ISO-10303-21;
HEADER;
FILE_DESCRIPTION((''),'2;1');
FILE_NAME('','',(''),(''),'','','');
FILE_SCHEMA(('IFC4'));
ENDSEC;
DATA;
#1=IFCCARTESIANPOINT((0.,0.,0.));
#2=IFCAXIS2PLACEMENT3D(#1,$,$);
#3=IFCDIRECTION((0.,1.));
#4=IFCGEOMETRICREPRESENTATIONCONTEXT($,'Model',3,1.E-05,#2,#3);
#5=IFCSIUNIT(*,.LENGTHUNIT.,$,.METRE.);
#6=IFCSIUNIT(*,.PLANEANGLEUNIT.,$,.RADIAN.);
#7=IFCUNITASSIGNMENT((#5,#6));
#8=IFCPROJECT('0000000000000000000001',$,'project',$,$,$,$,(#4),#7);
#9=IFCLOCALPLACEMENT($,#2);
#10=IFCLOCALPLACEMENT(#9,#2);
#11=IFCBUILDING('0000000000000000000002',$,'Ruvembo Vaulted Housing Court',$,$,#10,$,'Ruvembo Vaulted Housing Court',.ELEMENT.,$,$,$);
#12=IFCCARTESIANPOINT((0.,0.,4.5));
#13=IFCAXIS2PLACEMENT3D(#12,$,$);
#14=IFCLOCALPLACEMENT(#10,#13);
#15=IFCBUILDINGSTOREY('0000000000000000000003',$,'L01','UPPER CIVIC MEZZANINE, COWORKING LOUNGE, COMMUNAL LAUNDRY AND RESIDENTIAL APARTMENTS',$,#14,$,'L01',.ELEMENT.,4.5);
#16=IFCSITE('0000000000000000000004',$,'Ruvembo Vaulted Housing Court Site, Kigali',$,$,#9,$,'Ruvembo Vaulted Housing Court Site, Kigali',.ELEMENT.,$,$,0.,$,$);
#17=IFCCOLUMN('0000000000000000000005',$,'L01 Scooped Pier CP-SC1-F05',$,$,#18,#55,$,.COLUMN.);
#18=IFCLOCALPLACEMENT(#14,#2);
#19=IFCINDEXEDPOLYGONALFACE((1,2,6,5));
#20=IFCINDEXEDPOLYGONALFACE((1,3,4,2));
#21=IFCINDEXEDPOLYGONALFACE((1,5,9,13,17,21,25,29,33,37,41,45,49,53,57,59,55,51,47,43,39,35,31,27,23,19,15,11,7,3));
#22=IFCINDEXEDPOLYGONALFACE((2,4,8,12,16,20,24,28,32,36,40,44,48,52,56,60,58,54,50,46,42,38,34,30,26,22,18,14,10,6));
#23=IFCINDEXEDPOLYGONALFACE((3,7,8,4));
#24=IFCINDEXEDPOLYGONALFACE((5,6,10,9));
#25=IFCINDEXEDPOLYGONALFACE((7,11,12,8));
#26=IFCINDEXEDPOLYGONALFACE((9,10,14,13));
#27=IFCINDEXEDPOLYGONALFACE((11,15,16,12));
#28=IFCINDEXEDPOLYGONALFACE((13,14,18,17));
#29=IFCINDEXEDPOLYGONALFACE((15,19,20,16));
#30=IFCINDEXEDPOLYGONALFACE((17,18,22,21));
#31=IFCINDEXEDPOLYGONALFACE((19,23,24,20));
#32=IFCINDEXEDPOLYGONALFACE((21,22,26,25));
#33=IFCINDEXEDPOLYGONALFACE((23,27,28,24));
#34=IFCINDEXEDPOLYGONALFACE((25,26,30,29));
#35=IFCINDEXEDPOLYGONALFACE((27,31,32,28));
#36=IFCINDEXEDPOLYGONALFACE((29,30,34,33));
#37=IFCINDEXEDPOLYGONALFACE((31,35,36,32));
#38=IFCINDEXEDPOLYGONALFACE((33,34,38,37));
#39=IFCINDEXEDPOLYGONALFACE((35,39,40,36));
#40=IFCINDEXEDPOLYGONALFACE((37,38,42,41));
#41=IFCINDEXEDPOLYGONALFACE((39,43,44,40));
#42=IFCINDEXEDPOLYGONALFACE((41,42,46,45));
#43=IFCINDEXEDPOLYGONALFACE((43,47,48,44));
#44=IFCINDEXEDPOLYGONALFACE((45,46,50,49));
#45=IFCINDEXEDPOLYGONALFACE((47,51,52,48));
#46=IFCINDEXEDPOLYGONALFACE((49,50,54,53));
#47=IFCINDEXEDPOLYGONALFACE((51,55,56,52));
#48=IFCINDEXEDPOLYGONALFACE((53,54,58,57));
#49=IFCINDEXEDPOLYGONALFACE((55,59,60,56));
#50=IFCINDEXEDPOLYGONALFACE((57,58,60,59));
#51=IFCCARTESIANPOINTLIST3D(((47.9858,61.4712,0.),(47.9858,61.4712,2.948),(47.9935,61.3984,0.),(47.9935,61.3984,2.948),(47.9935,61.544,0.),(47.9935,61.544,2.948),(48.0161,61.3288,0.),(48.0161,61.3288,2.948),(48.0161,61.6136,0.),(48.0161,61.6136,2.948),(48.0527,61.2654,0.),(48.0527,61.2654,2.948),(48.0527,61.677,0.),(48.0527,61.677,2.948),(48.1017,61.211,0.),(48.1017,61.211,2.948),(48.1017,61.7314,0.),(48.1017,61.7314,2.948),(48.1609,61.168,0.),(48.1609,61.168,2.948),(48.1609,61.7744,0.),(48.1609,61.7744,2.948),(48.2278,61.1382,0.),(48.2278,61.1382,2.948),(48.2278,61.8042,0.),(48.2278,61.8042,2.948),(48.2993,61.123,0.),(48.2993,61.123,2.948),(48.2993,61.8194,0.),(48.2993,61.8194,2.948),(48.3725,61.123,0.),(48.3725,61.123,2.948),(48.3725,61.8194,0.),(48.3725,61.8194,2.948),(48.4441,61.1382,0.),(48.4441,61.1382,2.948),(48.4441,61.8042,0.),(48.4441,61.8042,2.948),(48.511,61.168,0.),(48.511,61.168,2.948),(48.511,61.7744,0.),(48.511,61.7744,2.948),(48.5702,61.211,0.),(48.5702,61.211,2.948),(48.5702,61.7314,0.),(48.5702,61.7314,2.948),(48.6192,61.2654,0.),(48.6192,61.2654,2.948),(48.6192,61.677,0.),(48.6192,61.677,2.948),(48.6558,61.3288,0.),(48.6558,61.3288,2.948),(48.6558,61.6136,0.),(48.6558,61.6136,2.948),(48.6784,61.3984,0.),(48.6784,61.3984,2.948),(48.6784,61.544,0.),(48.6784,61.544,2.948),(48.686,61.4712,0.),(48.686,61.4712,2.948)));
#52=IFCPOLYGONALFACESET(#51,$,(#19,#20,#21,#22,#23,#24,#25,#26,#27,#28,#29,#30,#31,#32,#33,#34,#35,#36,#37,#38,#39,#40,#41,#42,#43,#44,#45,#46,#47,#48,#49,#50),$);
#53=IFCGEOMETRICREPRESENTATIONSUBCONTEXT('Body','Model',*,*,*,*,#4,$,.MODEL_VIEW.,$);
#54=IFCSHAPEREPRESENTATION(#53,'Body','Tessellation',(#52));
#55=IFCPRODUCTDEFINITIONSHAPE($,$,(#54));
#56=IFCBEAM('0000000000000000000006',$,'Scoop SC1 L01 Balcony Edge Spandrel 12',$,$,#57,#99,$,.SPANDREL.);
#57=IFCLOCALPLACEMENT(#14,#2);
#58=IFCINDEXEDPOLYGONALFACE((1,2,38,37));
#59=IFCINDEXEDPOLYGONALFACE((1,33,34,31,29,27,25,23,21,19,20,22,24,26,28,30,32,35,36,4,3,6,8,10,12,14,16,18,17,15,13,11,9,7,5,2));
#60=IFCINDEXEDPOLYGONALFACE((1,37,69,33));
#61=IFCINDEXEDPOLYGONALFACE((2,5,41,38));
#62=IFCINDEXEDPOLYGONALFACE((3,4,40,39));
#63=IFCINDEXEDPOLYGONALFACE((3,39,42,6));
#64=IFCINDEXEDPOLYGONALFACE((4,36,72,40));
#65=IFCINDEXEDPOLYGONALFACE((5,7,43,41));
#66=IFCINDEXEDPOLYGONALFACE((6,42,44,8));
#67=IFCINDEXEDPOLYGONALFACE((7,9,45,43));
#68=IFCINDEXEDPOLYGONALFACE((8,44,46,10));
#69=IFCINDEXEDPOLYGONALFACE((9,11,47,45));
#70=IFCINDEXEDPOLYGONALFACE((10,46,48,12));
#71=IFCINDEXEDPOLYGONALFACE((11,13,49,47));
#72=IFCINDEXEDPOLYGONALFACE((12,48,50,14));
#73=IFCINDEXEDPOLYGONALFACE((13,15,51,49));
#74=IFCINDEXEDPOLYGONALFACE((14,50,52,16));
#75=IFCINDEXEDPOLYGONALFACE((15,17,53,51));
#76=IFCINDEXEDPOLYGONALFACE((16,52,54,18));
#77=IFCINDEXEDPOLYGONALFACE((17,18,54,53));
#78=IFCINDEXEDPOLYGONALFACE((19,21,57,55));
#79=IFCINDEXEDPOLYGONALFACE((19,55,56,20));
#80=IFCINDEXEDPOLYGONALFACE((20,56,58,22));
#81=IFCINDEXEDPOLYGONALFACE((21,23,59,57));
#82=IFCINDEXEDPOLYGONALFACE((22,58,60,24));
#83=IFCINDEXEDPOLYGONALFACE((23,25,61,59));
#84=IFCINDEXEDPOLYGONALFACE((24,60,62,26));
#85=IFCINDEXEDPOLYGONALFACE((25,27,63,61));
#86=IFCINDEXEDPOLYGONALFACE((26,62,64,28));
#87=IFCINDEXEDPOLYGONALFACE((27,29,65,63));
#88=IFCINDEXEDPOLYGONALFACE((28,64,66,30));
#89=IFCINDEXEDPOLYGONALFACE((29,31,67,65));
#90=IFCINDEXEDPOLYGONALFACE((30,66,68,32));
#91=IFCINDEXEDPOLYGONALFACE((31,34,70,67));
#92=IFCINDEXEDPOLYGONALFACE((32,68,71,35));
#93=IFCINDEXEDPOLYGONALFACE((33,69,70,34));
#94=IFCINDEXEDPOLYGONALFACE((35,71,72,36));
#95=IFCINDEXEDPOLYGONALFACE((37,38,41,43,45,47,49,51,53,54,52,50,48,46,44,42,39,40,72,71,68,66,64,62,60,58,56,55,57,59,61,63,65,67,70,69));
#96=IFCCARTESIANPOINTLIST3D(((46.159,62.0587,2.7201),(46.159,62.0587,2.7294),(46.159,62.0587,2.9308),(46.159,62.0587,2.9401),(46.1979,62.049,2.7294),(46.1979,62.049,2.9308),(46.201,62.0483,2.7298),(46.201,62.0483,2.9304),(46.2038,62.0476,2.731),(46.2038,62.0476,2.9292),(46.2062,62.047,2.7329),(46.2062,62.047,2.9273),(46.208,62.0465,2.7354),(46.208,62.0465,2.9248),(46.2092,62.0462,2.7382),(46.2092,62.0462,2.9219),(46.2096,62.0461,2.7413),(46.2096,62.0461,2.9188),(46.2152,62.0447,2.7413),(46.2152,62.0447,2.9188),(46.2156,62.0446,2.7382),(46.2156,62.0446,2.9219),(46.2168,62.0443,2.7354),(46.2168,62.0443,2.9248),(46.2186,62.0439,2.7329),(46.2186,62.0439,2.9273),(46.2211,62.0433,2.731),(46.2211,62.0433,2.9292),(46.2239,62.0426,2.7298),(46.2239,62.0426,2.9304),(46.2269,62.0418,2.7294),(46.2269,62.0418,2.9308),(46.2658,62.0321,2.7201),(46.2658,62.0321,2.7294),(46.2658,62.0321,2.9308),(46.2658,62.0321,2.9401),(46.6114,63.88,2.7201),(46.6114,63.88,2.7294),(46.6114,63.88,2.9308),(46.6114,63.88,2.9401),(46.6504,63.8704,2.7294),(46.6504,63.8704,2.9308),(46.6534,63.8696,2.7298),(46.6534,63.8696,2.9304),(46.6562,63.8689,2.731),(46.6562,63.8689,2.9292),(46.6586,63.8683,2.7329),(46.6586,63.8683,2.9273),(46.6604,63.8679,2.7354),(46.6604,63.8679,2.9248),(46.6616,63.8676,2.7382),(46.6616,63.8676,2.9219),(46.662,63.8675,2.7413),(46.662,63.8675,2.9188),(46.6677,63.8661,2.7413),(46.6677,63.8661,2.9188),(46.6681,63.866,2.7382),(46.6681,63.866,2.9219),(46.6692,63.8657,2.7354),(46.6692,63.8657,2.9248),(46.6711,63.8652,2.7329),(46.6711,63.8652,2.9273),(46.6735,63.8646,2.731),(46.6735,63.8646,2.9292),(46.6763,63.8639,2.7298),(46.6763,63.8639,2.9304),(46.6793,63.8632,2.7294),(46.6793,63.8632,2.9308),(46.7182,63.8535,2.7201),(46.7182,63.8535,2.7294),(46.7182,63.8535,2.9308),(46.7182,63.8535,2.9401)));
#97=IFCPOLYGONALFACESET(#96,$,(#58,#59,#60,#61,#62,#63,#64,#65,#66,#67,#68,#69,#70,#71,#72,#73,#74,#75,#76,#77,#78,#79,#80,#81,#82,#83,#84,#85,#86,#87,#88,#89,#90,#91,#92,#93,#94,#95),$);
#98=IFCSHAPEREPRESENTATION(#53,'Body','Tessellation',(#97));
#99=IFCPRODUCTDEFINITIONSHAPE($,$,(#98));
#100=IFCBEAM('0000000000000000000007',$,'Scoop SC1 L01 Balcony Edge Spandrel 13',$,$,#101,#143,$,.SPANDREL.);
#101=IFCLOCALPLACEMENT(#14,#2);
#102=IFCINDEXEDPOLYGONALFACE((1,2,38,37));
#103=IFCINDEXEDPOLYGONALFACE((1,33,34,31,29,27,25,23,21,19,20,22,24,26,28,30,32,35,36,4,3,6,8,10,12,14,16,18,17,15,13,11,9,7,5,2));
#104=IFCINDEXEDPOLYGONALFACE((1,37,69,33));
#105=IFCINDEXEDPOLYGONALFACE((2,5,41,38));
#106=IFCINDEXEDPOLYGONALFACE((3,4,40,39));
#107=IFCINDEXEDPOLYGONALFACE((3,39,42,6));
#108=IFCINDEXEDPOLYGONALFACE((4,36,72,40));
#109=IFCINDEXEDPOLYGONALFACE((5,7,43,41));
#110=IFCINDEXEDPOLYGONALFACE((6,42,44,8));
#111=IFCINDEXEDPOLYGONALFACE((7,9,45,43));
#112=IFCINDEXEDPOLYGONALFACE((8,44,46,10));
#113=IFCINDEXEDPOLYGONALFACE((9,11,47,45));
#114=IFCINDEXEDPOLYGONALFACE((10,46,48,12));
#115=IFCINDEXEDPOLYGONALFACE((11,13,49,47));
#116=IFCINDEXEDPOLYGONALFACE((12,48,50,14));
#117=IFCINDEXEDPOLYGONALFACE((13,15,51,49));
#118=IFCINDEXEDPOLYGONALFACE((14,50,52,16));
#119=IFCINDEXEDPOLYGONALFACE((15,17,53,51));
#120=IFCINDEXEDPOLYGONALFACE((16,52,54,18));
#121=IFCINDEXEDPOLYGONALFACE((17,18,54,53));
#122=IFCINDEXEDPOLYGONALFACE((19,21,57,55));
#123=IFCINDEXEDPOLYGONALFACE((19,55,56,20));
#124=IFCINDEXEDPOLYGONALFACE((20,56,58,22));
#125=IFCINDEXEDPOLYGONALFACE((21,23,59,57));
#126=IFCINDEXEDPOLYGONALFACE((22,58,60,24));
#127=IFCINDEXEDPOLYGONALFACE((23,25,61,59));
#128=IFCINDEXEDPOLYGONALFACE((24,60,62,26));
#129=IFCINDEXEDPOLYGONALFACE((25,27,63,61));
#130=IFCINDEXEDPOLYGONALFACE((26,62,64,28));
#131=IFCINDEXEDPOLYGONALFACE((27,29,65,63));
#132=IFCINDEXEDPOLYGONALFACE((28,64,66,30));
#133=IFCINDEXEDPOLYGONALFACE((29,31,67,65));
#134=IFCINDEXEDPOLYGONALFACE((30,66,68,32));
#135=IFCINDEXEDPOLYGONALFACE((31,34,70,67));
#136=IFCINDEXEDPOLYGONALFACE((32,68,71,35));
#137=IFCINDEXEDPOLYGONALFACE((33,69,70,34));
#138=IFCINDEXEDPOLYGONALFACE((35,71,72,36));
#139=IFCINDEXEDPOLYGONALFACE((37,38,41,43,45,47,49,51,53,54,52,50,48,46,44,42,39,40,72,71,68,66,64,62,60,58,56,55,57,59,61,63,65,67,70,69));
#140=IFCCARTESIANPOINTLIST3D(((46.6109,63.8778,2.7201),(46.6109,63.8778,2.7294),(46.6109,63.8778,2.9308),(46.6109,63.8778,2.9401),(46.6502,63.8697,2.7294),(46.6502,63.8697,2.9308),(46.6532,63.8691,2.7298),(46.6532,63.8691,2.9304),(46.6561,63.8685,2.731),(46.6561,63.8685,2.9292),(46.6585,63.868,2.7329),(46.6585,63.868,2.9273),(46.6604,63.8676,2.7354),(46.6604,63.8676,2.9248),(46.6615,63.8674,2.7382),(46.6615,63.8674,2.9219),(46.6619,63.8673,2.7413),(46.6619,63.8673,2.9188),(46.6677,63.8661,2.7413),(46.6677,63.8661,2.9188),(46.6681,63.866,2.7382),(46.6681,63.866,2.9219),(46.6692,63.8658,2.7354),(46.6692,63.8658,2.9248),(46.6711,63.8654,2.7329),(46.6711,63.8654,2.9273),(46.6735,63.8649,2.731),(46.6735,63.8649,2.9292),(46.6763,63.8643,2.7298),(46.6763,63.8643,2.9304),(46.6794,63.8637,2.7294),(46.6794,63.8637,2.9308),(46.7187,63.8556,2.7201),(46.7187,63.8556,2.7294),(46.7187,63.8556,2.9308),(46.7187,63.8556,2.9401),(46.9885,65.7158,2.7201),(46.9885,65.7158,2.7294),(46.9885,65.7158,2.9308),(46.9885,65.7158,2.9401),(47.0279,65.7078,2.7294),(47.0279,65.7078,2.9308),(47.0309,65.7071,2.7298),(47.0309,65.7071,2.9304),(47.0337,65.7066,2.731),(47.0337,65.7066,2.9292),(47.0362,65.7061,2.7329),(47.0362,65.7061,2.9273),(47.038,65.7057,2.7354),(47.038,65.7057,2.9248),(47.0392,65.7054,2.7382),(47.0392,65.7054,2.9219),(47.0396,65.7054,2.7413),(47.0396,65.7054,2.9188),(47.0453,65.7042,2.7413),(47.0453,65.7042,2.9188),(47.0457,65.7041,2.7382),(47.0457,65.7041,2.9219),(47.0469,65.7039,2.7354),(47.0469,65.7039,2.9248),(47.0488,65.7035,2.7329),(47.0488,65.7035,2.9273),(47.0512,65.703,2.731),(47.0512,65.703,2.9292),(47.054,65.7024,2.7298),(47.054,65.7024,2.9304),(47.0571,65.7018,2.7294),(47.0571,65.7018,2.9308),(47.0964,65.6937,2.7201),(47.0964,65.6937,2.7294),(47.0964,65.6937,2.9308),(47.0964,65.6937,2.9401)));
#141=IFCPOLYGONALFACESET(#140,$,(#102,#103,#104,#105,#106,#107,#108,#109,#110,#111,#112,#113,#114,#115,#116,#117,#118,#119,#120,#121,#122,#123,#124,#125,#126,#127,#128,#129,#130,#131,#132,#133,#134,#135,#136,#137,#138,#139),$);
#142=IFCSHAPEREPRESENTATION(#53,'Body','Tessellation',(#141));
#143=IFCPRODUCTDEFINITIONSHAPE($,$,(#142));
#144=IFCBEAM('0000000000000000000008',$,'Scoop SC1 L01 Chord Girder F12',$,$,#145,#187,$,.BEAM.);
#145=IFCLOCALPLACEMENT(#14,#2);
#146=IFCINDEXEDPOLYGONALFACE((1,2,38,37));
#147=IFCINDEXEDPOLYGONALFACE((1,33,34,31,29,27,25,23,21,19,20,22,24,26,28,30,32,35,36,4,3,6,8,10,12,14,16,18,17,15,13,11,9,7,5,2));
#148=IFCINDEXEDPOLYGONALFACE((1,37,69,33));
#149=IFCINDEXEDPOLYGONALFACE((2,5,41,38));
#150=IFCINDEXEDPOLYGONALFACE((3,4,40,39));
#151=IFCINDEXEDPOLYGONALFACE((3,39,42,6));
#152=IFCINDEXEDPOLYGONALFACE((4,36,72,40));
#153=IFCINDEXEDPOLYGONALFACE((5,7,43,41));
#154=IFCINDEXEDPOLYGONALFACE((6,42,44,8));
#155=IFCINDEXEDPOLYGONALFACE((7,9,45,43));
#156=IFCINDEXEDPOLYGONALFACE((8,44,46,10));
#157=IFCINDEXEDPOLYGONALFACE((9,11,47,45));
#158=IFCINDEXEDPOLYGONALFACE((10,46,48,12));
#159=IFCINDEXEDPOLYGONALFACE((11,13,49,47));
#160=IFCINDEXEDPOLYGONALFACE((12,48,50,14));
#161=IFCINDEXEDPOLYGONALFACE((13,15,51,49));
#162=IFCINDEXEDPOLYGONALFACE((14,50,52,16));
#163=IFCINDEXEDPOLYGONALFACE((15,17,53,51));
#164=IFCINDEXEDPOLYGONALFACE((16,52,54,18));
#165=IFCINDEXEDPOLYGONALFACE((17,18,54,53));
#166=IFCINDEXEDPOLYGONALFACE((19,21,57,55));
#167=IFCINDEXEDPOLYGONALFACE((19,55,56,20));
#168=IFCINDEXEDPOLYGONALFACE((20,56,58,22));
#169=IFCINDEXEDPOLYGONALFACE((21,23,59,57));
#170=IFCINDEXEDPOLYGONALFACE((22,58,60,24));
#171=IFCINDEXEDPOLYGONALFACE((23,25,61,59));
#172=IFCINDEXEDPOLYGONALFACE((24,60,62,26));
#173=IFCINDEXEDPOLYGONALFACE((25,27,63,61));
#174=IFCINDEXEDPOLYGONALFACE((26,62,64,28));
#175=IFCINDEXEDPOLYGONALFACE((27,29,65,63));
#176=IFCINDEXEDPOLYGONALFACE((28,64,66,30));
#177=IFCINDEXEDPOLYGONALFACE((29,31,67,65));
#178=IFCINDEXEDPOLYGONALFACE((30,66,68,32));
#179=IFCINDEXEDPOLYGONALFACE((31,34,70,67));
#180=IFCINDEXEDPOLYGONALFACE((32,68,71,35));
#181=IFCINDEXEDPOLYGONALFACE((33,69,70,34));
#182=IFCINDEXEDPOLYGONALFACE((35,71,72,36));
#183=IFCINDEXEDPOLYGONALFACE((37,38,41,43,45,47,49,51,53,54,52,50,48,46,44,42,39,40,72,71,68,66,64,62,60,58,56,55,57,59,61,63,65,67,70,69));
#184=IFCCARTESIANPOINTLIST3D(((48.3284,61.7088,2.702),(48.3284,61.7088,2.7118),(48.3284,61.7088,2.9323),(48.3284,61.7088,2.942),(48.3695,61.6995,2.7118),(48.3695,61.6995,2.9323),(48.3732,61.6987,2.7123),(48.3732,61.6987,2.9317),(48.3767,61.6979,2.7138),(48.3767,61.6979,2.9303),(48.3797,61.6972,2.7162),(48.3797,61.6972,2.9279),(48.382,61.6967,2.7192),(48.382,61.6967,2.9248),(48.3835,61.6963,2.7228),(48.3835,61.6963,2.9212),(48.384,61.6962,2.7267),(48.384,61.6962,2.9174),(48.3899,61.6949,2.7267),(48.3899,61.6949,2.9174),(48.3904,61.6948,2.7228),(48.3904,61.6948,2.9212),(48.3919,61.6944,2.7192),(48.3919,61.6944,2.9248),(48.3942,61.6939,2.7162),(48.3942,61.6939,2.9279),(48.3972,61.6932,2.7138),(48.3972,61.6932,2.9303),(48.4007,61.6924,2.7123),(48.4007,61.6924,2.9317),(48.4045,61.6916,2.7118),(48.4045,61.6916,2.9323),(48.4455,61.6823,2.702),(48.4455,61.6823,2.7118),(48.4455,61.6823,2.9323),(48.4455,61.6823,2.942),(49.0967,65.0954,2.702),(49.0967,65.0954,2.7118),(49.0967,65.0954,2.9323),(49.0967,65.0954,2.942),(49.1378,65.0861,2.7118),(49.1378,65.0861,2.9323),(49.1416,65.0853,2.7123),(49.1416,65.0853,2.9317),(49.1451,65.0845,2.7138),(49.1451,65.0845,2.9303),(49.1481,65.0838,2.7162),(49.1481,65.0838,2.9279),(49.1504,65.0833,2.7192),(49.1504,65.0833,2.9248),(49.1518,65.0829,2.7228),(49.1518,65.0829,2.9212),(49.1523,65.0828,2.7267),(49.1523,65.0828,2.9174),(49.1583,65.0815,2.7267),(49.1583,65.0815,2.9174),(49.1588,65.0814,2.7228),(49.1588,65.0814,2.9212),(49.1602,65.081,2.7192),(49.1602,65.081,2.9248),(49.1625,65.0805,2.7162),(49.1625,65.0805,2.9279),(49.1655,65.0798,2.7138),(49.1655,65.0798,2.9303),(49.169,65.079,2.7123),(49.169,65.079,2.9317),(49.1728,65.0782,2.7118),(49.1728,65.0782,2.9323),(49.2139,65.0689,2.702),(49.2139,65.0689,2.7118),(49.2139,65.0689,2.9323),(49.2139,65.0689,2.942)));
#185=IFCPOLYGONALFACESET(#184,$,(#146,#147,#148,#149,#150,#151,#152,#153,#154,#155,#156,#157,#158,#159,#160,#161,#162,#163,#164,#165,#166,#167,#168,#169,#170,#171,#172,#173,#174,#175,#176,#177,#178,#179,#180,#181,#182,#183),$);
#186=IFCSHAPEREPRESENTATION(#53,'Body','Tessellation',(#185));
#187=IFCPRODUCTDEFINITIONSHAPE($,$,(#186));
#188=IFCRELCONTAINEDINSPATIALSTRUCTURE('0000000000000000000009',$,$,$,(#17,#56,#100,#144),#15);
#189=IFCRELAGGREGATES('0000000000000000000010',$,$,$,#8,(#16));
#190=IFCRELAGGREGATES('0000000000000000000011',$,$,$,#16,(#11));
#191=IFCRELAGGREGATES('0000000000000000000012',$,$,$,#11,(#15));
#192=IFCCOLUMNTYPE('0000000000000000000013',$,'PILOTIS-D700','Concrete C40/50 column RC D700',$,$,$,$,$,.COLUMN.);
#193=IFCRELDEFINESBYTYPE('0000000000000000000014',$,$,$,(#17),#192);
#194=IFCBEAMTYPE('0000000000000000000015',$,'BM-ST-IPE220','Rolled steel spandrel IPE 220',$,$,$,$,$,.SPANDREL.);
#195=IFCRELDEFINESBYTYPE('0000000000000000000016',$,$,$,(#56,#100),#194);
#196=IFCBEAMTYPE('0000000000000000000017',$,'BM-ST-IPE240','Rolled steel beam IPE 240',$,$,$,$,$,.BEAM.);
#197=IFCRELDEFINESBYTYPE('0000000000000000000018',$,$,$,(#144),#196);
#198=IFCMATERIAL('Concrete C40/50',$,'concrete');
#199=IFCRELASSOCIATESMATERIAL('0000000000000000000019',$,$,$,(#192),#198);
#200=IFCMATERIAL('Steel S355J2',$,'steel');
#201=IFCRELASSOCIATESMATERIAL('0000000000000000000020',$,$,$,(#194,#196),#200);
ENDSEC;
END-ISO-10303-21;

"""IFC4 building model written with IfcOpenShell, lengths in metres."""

from ifc_helpers import new_model, si_unit, direction, frame, origin, origin_2d, place, context, subcontext, project, spatial, circle, i_section, extrude, material, material_profile, profile_set, type_object, element, save


model = new_model("IFC4")

# Units and contexts
model_context = context("Model", 3, precision=1e-05, world=origin(), true_north=direction((0.0, 1.0)))
body_context = subcontext(model_context, "Body", "Model", "MODEL_VIEW")
ifc_project = project(units=[si_unit("LENGTHUNIT", "METRE"), si_unit("PLANEANGLEUNIT", "RADIAN")], contexts=[model_context])

# Site, building, storey
site_placement = place(None, origin())
site = spatial("IfcSite", under=ifc_project, at=site_placement, Name="Ruvembo Vaulted Housing Court Site, Kigali", LongName="Ruvembo Vaulted Housing Court Site, Kigali", CompositionType="ELEMENT", RefElevation=0.0)
building_placement = place(site_placement, origin())
building = spatial("IfcBuilding", under=site, at=building_placement, Name="Ruvembo Vaulted Housing Court", LongName="Ruvembo Vaulted Housing Court", CompositionType="ELEMENT")
storey_placement = place(building_placement, frame((0.0, 0.0, 4.5)))
storey = spatial("IfcBuildingStorey", under=building, at=storey_placement, Name="L01", Description="UPPER CIVIC MEZZANINE, COWORKING LOUNGE, COMMUNAL LAUNDRY AND RESIDENTIAL APARTMENTS", LongName="L01", CompositionType="ELEMENT", Elevation=4.5)

# Column
ifc_material_1 = material(Name="Concrete C40/50", Category="concrete")
ifc_material_profile_1 = material_profile(ifc_material_1, circle(Radius=0.3501, at=origin_2d()), Name="RC D700")
ifc_profile_set_1 = profile_set([ifc_material_profile_1], Name="Concrete C40/50")
column_type = type_object("IfcColumnType", Name="PILOTIS-D700", Description="Concrete C40/50 column RC D700", PredefinedType="COLUMN", material=ifc_profile_set_1)
column_placement = place(storey_placement, frame((48.3359, 61.4712, 0.0), z_axis=(0.0, 0.0, 1.0), x_axis=(1.0, 0.0, 0.0)))
element("IfcColumn", 1, at=column_placement, inside=storey, type_object=column_type, Name="L01 Scooped Pier CP-SC1-F05", PredefinedType="COLUMN", context=body_context, shape_type="SweptSolid", body=[
    extrude(circle(Radius=0.3501, at=origin_2d()), origin(), (0.0, 0.0, 1.0), 2.948),
])

# Beams
ifc_material_2 = material(Name="Steel S355J2", Category="steel")
ifc_material_profile_2 = material_profile(ifc_material_2, i_section(OverallWidth=0.1101, OverallDepth=0.22, WebThickness=0.0059, FlangeThickness=0.0093, FilletRadius=0.012, at=origin_2d()), Name="IPE 220")
ifc_profile_set_2 = profile_set([ifc_material_profile_2], Name="Steel S355J2")
beam_type_1 = type_object("IfcBeamType", Name="BM-ST-IPE220", Description="Rolled steel spandrel IPE 220", PredefinedType="SPANDREL", material=ifc_profile_set_2)
beam_1_placement = place(storey_placement, frame((46.2124, 62.0454, 2.8301), z_axis=(0.241066, 0.970509, 0.0), x_axis=(-0.970509, 0.241066, 0.0)))
element("IfcBeam", 2, at=beam_1_placement, inside=storey, type_object=beam_type_1, Name="Scoop SC1 L01 Balcony Edge Spandrel 12", PredefinedType="SPANDREL", context=body_context, shape_type="SweptSolid", body=[
    extrude(i_section(OverallWidth=0.1101, OverallDepth=0.22, WebThickness=0.0059, FlangeThickness=0.0093, FilletRadius=0.012, at=origin_2d()), origin(), (0.0, 0.0, 1.0), 1.8767),
])
beam_2_placement = place(storey_placement, frame((46.6648, 63.8667, 2.8301), z_axis=(0.201267, 0.979536, 0.0), x_axis=(-0.979536, 0.201267, 0.0)))
element("IfcBeam", 3, at=beam_2_placement, inside=storey, type_object=beam_type_1, Name="Scoop SC1 L01 Balcony Edge Spandrel 13", PredefinedType="SPANDREL", context=body_context, shape_type="SweptSolid", body=[
    extrude(i_section(OverallWidth=0.1101, OverallDepth=0.22, WebThickness=0.0059, FlangeThickness=0.0093, FilletRadius=0.012, at=origin_2d()), origin(), (0.0, 0.0, 1.0), 1.8765),
])
ifc_material_profile_3 = material_profile(ifc_material_2, i_section(OverallWidth=0.1201, OverallDepth=0.24, WebThickness=0.0061, FlangeThickness=0.0098, FilletRadius=0.0149, at=origin_2d()), Name="IPE 240")
ifc_profile_set_3 = profile_set([ifc_material_profile_3], Name="Steel S355J2")
beam_type_2 = type_object("IfcBeamType", Name="BM-ST-IPE240", Description="Rolled steel beam IPE 240", PredefinedType="BEAM", material=ifc_profile_set_3)
beam_3_placement = place(storey_placement, frame((48.387, 61.6956, 2.822), z_axis=(0.221253, 0.975216, 0.0), x_axis=(-0.975216, 0.221253, 0.0)))
element("IfcBeam", 4, at=beam_3_placement, inside=storey, type_object=beam_type_2, Name="Scoop SC1 L01 Chord Girder F12", PredefinedType="BEAM", context=body_context, shape_type="SweptSolid", body=[
    extrude(i_section(OverallWidth=0.1201, OverallDepth=0.24, WebThickness=0.0061, FlangeThickness=0.0098, FilletRadius=0.0149, at=origin_2d()), origin(), (0.0, 0.0, 1.0), 3.4727),
])

save(model, "model.ifc")
